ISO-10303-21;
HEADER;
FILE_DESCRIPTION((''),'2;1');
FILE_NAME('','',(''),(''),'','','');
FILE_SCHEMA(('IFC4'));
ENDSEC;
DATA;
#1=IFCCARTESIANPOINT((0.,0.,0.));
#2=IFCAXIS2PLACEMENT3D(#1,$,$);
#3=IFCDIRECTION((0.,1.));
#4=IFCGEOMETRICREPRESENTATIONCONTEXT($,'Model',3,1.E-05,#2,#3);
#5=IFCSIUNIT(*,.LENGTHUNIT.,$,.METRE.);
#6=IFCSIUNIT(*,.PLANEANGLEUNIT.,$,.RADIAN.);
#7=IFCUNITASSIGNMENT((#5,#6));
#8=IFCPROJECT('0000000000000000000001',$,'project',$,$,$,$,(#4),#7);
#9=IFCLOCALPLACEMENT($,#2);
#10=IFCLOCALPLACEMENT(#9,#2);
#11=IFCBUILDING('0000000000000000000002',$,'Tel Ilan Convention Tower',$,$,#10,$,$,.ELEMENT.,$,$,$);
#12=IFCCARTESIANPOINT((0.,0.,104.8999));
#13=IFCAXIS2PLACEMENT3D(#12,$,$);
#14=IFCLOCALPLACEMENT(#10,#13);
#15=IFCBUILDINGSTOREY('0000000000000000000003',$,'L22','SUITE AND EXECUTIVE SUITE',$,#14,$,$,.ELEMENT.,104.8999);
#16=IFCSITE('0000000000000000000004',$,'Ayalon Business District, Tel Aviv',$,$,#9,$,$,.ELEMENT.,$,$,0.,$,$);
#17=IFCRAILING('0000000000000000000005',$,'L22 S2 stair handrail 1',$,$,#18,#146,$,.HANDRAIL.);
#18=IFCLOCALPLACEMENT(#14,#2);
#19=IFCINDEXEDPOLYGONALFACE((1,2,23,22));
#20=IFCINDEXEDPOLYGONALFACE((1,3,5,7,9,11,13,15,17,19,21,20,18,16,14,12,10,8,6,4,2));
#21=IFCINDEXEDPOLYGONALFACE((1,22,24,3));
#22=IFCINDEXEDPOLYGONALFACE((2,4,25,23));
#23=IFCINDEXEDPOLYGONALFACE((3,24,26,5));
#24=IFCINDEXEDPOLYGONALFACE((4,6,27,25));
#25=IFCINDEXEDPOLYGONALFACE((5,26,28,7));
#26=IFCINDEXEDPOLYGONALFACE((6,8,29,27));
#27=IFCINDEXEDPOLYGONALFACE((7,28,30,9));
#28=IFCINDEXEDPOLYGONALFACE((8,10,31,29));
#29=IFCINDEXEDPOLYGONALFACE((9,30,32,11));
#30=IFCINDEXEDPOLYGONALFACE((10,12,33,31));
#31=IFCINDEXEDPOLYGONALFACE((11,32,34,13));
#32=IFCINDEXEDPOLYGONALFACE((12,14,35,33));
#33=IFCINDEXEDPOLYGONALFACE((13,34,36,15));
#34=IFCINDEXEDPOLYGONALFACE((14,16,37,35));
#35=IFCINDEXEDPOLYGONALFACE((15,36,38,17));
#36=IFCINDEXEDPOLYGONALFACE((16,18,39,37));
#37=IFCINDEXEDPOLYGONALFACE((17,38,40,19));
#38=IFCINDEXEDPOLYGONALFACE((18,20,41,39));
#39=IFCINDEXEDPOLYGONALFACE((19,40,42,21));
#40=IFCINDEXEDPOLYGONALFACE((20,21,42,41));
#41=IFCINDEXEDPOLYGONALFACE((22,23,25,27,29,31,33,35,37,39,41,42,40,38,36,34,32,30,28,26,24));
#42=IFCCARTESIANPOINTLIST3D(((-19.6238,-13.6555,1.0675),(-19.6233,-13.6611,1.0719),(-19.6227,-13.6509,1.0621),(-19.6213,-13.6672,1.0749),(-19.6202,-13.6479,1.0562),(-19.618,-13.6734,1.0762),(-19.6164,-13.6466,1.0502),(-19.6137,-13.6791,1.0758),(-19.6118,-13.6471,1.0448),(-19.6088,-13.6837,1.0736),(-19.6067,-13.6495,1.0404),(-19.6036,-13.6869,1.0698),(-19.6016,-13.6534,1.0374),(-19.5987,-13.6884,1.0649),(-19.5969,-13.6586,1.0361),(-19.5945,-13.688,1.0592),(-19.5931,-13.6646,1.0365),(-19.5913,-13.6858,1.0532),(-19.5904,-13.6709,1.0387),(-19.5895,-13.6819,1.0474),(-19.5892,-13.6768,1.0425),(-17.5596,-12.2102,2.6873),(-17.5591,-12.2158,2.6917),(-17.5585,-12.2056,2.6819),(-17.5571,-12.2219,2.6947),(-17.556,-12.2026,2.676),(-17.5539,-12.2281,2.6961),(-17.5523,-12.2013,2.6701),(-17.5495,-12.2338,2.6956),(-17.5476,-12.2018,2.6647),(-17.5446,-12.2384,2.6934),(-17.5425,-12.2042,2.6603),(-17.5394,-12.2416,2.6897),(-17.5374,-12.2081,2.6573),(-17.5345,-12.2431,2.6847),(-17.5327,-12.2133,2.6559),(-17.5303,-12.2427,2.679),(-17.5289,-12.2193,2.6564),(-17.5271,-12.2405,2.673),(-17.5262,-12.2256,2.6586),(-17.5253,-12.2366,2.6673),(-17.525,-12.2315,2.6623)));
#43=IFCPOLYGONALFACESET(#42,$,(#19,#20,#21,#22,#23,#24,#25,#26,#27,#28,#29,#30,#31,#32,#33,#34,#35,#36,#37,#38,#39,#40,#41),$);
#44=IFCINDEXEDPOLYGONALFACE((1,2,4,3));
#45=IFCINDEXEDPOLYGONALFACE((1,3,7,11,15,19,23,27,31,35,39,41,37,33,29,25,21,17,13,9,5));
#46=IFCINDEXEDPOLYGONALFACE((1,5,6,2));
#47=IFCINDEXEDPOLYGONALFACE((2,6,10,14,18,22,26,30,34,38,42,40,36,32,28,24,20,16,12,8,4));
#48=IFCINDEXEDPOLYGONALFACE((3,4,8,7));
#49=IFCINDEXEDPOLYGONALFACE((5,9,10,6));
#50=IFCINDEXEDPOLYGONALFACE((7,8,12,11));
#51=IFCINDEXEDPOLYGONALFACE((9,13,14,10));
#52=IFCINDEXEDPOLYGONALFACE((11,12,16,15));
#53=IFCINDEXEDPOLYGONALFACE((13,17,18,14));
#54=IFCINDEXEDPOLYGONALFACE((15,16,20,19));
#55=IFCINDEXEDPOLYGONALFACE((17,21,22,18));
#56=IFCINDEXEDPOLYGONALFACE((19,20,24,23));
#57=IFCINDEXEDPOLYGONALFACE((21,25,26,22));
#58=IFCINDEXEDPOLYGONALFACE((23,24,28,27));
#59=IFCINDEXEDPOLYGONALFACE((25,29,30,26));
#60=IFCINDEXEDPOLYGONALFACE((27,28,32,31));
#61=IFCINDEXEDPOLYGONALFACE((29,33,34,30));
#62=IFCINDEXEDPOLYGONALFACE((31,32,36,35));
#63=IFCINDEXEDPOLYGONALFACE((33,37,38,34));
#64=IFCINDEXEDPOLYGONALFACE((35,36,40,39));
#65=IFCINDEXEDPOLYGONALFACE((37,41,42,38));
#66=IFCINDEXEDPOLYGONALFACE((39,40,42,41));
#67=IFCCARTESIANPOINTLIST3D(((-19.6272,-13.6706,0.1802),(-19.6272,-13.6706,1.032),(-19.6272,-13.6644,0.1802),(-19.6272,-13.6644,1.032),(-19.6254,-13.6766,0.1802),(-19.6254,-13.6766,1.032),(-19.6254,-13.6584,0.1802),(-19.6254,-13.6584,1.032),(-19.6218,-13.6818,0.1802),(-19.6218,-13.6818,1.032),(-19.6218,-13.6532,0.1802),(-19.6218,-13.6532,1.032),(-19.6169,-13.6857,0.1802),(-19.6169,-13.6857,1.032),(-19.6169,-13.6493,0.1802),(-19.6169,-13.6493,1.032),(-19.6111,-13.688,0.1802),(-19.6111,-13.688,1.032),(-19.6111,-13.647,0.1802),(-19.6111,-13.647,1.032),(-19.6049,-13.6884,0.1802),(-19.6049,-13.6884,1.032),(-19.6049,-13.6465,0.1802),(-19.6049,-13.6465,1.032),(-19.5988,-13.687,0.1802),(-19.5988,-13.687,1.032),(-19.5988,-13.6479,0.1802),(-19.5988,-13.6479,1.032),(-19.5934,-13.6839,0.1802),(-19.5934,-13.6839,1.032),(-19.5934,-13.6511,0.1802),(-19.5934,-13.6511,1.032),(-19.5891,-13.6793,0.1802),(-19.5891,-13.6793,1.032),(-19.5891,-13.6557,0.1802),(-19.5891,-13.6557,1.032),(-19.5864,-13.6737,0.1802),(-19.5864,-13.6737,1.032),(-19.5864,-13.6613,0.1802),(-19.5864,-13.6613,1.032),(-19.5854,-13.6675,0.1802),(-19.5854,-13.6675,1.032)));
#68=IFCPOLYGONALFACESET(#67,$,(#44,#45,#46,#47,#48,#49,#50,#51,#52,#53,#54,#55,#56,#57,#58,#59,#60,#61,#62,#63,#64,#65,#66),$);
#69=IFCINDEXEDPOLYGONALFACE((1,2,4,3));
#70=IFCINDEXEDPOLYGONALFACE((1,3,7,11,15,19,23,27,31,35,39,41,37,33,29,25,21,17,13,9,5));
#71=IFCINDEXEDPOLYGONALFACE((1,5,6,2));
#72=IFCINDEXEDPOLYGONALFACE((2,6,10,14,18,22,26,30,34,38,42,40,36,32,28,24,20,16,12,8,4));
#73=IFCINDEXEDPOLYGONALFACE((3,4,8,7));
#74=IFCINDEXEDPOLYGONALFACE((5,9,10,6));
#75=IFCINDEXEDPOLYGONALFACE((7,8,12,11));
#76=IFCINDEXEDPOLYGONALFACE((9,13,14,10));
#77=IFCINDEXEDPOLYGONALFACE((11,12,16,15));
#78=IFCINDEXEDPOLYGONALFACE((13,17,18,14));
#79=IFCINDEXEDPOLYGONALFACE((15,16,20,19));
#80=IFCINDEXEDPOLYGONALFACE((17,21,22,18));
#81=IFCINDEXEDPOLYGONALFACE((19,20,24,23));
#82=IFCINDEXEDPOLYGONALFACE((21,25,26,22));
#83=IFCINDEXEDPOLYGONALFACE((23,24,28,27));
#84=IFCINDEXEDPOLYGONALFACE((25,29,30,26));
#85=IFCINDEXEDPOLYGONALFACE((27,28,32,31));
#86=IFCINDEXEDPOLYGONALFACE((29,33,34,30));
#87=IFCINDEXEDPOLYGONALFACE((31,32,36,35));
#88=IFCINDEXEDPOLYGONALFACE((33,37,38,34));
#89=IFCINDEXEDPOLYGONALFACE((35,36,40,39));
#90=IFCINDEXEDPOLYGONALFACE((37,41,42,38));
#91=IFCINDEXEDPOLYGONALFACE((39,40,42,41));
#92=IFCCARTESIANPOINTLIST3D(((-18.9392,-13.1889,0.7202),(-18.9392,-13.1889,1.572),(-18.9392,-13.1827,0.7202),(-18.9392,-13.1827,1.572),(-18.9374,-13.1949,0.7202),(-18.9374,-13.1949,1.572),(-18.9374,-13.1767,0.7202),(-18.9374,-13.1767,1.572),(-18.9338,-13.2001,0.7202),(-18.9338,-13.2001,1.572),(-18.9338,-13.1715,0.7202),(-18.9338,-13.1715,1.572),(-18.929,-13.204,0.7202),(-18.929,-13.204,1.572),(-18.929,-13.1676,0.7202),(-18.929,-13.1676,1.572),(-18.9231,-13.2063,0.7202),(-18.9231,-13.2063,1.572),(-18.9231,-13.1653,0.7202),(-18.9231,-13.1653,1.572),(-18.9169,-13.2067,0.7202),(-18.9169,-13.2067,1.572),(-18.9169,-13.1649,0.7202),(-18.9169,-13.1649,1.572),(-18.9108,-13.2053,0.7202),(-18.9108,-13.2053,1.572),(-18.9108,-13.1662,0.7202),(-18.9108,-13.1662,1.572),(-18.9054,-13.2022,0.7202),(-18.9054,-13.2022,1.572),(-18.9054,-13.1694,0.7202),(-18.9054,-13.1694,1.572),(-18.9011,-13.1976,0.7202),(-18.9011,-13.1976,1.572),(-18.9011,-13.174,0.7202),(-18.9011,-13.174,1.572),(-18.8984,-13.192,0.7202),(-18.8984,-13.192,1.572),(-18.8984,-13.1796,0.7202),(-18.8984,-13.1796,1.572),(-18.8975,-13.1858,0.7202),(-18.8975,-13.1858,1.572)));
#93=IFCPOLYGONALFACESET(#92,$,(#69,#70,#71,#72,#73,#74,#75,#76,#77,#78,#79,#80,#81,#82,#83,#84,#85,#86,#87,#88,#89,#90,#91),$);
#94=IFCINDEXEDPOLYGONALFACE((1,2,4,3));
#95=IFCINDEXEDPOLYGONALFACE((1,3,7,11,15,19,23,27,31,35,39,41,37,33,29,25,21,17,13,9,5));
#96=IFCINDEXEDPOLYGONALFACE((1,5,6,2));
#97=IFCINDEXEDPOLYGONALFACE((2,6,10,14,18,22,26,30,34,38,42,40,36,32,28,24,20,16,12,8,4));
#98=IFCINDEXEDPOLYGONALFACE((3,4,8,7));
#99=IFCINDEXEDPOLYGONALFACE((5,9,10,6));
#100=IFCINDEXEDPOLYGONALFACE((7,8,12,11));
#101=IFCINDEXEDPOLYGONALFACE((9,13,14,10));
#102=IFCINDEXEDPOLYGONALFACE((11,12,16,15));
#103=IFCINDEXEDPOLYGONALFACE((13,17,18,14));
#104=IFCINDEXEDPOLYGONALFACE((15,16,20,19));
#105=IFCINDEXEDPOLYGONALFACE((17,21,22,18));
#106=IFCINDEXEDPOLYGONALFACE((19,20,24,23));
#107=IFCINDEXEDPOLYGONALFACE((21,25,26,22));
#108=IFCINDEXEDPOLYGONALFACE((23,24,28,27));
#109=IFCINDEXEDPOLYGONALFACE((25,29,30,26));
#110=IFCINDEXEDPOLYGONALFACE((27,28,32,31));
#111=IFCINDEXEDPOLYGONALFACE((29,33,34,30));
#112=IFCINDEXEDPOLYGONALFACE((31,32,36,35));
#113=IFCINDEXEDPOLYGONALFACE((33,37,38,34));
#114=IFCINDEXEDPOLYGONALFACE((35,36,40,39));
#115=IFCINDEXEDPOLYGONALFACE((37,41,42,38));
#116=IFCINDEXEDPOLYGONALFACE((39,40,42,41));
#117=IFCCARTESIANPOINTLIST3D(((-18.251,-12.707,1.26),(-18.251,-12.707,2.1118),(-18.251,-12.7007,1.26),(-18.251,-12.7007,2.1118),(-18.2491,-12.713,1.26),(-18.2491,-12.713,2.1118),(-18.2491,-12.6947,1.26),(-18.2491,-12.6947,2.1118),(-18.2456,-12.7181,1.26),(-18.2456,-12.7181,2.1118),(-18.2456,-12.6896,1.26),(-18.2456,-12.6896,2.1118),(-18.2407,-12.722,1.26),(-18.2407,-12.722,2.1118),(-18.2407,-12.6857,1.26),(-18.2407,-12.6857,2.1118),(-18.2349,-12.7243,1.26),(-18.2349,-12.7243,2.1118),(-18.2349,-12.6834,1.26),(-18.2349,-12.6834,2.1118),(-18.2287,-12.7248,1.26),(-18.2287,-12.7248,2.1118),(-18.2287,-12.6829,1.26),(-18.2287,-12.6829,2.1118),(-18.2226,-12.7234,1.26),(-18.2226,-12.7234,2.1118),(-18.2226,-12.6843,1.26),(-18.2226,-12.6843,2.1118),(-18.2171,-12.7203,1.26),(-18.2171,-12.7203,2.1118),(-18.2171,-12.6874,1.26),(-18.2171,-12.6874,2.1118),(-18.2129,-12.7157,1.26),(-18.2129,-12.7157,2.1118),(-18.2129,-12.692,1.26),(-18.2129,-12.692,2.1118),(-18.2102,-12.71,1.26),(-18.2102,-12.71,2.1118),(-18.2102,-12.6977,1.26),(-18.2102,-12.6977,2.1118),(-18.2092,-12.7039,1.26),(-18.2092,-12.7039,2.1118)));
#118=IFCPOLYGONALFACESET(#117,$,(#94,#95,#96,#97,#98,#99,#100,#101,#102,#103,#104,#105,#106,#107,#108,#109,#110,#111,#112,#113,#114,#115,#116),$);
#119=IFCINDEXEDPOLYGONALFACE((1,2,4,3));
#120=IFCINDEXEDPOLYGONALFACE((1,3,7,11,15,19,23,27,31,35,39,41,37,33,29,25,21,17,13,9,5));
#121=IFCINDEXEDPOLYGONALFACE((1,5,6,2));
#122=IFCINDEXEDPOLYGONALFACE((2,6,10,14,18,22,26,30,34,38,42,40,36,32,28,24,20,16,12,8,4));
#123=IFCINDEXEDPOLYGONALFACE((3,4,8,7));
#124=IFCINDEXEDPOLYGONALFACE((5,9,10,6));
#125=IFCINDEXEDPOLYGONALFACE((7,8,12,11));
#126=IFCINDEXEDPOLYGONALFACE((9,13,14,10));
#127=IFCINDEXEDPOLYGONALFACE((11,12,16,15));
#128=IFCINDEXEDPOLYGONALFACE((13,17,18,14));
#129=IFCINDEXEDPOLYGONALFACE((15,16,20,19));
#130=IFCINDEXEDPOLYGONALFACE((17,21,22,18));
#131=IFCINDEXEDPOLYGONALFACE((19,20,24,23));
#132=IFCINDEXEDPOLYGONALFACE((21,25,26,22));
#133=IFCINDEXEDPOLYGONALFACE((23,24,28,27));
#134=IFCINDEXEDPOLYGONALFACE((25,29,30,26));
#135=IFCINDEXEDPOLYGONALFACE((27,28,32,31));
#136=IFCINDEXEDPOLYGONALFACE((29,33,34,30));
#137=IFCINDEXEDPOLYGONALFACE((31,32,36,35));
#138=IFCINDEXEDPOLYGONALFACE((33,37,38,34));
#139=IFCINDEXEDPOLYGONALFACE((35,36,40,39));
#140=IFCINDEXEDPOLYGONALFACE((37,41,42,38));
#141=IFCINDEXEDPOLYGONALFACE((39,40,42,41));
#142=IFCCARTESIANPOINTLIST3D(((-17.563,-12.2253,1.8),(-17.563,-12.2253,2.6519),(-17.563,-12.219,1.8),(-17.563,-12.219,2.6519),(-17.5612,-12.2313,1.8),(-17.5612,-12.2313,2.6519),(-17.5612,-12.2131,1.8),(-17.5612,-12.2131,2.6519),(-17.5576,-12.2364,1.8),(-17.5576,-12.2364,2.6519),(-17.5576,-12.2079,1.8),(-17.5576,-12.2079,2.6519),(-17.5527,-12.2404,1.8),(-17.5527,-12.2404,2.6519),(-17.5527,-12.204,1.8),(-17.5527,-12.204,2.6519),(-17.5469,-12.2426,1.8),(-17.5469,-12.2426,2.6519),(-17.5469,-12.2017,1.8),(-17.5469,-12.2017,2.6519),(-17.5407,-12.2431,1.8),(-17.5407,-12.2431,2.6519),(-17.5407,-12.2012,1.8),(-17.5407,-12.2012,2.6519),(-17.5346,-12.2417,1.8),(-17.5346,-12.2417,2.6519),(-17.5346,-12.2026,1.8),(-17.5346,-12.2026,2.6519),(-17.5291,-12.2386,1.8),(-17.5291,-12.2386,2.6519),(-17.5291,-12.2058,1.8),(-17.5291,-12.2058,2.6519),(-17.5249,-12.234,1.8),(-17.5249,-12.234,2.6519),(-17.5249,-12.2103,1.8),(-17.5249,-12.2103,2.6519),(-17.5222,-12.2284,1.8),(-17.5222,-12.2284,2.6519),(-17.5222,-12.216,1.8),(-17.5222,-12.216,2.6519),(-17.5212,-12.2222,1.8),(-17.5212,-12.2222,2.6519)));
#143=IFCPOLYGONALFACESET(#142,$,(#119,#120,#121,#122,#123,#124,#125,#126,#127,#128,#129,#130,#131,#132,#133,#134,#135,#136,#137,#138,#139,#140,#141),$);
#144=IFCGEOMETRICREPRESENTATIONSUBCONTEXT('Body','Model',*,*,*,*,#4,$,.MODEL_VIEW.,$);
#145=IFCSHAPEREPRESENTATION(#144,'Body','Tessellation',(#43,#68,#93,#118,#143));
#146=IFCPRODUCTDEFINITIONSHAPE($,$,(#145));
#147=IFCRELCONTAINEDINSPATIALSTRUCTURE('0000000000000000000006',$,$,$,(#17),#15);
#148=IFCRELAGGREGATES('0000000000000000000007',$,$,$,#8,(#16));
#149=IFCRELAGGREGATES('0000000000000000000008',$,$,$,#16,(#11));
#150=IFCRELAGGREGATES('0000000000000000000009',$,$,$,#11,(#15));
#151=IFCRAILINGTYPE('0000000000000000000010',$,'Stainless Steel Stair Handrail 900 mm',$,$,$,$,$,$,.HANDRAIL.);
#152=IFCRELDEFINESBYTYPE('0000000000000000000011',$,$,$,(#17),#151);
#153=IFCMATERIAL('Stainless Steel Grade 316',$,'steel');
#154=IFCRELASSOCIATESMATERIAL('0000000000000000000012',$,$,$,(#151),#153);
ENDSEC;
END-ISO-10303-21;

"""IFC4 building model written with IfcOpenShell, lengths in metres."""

from ifc_helpers import new_model, si_unit, direction, frame, origin, origin_2d, place, context, subcontext, project, spatial, circle, extrude, material, type_object, element, save


model = new_model("IFC4")

# Units and contexts
model_context = context("Model", 3, precision=1e-05, world=origin(), true_north=direction((0.0, 1.0)))
body_context = subcontext(model_context, "Body", "Model", "MODEL_VIEW")
ifc_project = project(units=[si_unit("LENGTHUNIT", "METRE"), si_unit("PLANEANGLEUNIT", "RADIAN")], contexts=[model_context])

# Site, building, storey
site_placement = place(None, origin())
site = spatial("IfcSite", under=ifc_project, at=site_placement, Name="Ayalon Business District, Tel Aviv", CompositionType="ELEMENT", RefElevation=0.0)
building_placement = place(site_placement, origin())
building = spatial("IfcBuilding", under=site, at=building_placement, Name="Tel Ilan Convention Tower", CompositionType="ELEMENT")
storey_placement = place(building_placement, frame((0.0, 0.0, 104.8999)))
storey = spatial("IfcBuildingStorey", under=building, at=storey_placement, Name="L22", Description="SUITE AND EXECUTIVE SUITE", CompositionType="ELEMENT", Elevation=104.8999)

# Railing
ifc_material_1 = material(Name="Stainless Steel Grade 316", Category="steel")
railing_type_1 = type_object("IfcRailingType", Name="Stainless Steel Stair Handrail 900 mm", PredefinedType="HANDRAIL", material=ifc_material_1)
railing_1_placement = place(storey_placement, frame((-19.6064, -13.6675, 0.1802)))
element("IfcRailing", 1, at=railing_1_placement, inside=storey, type_object=railing_type_1, Name="L22 S2 stair handrail 1", PredefinedType="HANDRAIL", context=body_context, shape_type="SweptSolid", body=[
    extrude(circle(Radius=0.0239, at=origin_2d()), frame((0.0, 0.0, 0.876), z_axis=(0.68907, 0.482472, 0.540743), x_axis=(-0.57356, 0.819164, 0.0)), (0.0, 0.0, 1.0), 2.9956),
    extrude(circle(Radius=0.021, at=origin_2d()), origin(), (0.0, 0.0, 1.0), 0.8518),
    extrude(circle(Radius=0.021, at=origin_2d()), frame((0.688, 0.4817, 0.54)), (0.0, 0.0, 1.0), 0.8518),
    extrude(circle(Radius=0.021, at=origin_2d()), frame((1.3762, 0.9636, 1.0798)), (0.0, 0.0, 1.0), 0.8518),
    extrude(circle(Radius=0.021, at=origin_2d()), frame((2.0642, 1.4453, 1.6199)), (0.0, 0.0, 1.0), 0.8518),
])

save(model, "model.ifc")
